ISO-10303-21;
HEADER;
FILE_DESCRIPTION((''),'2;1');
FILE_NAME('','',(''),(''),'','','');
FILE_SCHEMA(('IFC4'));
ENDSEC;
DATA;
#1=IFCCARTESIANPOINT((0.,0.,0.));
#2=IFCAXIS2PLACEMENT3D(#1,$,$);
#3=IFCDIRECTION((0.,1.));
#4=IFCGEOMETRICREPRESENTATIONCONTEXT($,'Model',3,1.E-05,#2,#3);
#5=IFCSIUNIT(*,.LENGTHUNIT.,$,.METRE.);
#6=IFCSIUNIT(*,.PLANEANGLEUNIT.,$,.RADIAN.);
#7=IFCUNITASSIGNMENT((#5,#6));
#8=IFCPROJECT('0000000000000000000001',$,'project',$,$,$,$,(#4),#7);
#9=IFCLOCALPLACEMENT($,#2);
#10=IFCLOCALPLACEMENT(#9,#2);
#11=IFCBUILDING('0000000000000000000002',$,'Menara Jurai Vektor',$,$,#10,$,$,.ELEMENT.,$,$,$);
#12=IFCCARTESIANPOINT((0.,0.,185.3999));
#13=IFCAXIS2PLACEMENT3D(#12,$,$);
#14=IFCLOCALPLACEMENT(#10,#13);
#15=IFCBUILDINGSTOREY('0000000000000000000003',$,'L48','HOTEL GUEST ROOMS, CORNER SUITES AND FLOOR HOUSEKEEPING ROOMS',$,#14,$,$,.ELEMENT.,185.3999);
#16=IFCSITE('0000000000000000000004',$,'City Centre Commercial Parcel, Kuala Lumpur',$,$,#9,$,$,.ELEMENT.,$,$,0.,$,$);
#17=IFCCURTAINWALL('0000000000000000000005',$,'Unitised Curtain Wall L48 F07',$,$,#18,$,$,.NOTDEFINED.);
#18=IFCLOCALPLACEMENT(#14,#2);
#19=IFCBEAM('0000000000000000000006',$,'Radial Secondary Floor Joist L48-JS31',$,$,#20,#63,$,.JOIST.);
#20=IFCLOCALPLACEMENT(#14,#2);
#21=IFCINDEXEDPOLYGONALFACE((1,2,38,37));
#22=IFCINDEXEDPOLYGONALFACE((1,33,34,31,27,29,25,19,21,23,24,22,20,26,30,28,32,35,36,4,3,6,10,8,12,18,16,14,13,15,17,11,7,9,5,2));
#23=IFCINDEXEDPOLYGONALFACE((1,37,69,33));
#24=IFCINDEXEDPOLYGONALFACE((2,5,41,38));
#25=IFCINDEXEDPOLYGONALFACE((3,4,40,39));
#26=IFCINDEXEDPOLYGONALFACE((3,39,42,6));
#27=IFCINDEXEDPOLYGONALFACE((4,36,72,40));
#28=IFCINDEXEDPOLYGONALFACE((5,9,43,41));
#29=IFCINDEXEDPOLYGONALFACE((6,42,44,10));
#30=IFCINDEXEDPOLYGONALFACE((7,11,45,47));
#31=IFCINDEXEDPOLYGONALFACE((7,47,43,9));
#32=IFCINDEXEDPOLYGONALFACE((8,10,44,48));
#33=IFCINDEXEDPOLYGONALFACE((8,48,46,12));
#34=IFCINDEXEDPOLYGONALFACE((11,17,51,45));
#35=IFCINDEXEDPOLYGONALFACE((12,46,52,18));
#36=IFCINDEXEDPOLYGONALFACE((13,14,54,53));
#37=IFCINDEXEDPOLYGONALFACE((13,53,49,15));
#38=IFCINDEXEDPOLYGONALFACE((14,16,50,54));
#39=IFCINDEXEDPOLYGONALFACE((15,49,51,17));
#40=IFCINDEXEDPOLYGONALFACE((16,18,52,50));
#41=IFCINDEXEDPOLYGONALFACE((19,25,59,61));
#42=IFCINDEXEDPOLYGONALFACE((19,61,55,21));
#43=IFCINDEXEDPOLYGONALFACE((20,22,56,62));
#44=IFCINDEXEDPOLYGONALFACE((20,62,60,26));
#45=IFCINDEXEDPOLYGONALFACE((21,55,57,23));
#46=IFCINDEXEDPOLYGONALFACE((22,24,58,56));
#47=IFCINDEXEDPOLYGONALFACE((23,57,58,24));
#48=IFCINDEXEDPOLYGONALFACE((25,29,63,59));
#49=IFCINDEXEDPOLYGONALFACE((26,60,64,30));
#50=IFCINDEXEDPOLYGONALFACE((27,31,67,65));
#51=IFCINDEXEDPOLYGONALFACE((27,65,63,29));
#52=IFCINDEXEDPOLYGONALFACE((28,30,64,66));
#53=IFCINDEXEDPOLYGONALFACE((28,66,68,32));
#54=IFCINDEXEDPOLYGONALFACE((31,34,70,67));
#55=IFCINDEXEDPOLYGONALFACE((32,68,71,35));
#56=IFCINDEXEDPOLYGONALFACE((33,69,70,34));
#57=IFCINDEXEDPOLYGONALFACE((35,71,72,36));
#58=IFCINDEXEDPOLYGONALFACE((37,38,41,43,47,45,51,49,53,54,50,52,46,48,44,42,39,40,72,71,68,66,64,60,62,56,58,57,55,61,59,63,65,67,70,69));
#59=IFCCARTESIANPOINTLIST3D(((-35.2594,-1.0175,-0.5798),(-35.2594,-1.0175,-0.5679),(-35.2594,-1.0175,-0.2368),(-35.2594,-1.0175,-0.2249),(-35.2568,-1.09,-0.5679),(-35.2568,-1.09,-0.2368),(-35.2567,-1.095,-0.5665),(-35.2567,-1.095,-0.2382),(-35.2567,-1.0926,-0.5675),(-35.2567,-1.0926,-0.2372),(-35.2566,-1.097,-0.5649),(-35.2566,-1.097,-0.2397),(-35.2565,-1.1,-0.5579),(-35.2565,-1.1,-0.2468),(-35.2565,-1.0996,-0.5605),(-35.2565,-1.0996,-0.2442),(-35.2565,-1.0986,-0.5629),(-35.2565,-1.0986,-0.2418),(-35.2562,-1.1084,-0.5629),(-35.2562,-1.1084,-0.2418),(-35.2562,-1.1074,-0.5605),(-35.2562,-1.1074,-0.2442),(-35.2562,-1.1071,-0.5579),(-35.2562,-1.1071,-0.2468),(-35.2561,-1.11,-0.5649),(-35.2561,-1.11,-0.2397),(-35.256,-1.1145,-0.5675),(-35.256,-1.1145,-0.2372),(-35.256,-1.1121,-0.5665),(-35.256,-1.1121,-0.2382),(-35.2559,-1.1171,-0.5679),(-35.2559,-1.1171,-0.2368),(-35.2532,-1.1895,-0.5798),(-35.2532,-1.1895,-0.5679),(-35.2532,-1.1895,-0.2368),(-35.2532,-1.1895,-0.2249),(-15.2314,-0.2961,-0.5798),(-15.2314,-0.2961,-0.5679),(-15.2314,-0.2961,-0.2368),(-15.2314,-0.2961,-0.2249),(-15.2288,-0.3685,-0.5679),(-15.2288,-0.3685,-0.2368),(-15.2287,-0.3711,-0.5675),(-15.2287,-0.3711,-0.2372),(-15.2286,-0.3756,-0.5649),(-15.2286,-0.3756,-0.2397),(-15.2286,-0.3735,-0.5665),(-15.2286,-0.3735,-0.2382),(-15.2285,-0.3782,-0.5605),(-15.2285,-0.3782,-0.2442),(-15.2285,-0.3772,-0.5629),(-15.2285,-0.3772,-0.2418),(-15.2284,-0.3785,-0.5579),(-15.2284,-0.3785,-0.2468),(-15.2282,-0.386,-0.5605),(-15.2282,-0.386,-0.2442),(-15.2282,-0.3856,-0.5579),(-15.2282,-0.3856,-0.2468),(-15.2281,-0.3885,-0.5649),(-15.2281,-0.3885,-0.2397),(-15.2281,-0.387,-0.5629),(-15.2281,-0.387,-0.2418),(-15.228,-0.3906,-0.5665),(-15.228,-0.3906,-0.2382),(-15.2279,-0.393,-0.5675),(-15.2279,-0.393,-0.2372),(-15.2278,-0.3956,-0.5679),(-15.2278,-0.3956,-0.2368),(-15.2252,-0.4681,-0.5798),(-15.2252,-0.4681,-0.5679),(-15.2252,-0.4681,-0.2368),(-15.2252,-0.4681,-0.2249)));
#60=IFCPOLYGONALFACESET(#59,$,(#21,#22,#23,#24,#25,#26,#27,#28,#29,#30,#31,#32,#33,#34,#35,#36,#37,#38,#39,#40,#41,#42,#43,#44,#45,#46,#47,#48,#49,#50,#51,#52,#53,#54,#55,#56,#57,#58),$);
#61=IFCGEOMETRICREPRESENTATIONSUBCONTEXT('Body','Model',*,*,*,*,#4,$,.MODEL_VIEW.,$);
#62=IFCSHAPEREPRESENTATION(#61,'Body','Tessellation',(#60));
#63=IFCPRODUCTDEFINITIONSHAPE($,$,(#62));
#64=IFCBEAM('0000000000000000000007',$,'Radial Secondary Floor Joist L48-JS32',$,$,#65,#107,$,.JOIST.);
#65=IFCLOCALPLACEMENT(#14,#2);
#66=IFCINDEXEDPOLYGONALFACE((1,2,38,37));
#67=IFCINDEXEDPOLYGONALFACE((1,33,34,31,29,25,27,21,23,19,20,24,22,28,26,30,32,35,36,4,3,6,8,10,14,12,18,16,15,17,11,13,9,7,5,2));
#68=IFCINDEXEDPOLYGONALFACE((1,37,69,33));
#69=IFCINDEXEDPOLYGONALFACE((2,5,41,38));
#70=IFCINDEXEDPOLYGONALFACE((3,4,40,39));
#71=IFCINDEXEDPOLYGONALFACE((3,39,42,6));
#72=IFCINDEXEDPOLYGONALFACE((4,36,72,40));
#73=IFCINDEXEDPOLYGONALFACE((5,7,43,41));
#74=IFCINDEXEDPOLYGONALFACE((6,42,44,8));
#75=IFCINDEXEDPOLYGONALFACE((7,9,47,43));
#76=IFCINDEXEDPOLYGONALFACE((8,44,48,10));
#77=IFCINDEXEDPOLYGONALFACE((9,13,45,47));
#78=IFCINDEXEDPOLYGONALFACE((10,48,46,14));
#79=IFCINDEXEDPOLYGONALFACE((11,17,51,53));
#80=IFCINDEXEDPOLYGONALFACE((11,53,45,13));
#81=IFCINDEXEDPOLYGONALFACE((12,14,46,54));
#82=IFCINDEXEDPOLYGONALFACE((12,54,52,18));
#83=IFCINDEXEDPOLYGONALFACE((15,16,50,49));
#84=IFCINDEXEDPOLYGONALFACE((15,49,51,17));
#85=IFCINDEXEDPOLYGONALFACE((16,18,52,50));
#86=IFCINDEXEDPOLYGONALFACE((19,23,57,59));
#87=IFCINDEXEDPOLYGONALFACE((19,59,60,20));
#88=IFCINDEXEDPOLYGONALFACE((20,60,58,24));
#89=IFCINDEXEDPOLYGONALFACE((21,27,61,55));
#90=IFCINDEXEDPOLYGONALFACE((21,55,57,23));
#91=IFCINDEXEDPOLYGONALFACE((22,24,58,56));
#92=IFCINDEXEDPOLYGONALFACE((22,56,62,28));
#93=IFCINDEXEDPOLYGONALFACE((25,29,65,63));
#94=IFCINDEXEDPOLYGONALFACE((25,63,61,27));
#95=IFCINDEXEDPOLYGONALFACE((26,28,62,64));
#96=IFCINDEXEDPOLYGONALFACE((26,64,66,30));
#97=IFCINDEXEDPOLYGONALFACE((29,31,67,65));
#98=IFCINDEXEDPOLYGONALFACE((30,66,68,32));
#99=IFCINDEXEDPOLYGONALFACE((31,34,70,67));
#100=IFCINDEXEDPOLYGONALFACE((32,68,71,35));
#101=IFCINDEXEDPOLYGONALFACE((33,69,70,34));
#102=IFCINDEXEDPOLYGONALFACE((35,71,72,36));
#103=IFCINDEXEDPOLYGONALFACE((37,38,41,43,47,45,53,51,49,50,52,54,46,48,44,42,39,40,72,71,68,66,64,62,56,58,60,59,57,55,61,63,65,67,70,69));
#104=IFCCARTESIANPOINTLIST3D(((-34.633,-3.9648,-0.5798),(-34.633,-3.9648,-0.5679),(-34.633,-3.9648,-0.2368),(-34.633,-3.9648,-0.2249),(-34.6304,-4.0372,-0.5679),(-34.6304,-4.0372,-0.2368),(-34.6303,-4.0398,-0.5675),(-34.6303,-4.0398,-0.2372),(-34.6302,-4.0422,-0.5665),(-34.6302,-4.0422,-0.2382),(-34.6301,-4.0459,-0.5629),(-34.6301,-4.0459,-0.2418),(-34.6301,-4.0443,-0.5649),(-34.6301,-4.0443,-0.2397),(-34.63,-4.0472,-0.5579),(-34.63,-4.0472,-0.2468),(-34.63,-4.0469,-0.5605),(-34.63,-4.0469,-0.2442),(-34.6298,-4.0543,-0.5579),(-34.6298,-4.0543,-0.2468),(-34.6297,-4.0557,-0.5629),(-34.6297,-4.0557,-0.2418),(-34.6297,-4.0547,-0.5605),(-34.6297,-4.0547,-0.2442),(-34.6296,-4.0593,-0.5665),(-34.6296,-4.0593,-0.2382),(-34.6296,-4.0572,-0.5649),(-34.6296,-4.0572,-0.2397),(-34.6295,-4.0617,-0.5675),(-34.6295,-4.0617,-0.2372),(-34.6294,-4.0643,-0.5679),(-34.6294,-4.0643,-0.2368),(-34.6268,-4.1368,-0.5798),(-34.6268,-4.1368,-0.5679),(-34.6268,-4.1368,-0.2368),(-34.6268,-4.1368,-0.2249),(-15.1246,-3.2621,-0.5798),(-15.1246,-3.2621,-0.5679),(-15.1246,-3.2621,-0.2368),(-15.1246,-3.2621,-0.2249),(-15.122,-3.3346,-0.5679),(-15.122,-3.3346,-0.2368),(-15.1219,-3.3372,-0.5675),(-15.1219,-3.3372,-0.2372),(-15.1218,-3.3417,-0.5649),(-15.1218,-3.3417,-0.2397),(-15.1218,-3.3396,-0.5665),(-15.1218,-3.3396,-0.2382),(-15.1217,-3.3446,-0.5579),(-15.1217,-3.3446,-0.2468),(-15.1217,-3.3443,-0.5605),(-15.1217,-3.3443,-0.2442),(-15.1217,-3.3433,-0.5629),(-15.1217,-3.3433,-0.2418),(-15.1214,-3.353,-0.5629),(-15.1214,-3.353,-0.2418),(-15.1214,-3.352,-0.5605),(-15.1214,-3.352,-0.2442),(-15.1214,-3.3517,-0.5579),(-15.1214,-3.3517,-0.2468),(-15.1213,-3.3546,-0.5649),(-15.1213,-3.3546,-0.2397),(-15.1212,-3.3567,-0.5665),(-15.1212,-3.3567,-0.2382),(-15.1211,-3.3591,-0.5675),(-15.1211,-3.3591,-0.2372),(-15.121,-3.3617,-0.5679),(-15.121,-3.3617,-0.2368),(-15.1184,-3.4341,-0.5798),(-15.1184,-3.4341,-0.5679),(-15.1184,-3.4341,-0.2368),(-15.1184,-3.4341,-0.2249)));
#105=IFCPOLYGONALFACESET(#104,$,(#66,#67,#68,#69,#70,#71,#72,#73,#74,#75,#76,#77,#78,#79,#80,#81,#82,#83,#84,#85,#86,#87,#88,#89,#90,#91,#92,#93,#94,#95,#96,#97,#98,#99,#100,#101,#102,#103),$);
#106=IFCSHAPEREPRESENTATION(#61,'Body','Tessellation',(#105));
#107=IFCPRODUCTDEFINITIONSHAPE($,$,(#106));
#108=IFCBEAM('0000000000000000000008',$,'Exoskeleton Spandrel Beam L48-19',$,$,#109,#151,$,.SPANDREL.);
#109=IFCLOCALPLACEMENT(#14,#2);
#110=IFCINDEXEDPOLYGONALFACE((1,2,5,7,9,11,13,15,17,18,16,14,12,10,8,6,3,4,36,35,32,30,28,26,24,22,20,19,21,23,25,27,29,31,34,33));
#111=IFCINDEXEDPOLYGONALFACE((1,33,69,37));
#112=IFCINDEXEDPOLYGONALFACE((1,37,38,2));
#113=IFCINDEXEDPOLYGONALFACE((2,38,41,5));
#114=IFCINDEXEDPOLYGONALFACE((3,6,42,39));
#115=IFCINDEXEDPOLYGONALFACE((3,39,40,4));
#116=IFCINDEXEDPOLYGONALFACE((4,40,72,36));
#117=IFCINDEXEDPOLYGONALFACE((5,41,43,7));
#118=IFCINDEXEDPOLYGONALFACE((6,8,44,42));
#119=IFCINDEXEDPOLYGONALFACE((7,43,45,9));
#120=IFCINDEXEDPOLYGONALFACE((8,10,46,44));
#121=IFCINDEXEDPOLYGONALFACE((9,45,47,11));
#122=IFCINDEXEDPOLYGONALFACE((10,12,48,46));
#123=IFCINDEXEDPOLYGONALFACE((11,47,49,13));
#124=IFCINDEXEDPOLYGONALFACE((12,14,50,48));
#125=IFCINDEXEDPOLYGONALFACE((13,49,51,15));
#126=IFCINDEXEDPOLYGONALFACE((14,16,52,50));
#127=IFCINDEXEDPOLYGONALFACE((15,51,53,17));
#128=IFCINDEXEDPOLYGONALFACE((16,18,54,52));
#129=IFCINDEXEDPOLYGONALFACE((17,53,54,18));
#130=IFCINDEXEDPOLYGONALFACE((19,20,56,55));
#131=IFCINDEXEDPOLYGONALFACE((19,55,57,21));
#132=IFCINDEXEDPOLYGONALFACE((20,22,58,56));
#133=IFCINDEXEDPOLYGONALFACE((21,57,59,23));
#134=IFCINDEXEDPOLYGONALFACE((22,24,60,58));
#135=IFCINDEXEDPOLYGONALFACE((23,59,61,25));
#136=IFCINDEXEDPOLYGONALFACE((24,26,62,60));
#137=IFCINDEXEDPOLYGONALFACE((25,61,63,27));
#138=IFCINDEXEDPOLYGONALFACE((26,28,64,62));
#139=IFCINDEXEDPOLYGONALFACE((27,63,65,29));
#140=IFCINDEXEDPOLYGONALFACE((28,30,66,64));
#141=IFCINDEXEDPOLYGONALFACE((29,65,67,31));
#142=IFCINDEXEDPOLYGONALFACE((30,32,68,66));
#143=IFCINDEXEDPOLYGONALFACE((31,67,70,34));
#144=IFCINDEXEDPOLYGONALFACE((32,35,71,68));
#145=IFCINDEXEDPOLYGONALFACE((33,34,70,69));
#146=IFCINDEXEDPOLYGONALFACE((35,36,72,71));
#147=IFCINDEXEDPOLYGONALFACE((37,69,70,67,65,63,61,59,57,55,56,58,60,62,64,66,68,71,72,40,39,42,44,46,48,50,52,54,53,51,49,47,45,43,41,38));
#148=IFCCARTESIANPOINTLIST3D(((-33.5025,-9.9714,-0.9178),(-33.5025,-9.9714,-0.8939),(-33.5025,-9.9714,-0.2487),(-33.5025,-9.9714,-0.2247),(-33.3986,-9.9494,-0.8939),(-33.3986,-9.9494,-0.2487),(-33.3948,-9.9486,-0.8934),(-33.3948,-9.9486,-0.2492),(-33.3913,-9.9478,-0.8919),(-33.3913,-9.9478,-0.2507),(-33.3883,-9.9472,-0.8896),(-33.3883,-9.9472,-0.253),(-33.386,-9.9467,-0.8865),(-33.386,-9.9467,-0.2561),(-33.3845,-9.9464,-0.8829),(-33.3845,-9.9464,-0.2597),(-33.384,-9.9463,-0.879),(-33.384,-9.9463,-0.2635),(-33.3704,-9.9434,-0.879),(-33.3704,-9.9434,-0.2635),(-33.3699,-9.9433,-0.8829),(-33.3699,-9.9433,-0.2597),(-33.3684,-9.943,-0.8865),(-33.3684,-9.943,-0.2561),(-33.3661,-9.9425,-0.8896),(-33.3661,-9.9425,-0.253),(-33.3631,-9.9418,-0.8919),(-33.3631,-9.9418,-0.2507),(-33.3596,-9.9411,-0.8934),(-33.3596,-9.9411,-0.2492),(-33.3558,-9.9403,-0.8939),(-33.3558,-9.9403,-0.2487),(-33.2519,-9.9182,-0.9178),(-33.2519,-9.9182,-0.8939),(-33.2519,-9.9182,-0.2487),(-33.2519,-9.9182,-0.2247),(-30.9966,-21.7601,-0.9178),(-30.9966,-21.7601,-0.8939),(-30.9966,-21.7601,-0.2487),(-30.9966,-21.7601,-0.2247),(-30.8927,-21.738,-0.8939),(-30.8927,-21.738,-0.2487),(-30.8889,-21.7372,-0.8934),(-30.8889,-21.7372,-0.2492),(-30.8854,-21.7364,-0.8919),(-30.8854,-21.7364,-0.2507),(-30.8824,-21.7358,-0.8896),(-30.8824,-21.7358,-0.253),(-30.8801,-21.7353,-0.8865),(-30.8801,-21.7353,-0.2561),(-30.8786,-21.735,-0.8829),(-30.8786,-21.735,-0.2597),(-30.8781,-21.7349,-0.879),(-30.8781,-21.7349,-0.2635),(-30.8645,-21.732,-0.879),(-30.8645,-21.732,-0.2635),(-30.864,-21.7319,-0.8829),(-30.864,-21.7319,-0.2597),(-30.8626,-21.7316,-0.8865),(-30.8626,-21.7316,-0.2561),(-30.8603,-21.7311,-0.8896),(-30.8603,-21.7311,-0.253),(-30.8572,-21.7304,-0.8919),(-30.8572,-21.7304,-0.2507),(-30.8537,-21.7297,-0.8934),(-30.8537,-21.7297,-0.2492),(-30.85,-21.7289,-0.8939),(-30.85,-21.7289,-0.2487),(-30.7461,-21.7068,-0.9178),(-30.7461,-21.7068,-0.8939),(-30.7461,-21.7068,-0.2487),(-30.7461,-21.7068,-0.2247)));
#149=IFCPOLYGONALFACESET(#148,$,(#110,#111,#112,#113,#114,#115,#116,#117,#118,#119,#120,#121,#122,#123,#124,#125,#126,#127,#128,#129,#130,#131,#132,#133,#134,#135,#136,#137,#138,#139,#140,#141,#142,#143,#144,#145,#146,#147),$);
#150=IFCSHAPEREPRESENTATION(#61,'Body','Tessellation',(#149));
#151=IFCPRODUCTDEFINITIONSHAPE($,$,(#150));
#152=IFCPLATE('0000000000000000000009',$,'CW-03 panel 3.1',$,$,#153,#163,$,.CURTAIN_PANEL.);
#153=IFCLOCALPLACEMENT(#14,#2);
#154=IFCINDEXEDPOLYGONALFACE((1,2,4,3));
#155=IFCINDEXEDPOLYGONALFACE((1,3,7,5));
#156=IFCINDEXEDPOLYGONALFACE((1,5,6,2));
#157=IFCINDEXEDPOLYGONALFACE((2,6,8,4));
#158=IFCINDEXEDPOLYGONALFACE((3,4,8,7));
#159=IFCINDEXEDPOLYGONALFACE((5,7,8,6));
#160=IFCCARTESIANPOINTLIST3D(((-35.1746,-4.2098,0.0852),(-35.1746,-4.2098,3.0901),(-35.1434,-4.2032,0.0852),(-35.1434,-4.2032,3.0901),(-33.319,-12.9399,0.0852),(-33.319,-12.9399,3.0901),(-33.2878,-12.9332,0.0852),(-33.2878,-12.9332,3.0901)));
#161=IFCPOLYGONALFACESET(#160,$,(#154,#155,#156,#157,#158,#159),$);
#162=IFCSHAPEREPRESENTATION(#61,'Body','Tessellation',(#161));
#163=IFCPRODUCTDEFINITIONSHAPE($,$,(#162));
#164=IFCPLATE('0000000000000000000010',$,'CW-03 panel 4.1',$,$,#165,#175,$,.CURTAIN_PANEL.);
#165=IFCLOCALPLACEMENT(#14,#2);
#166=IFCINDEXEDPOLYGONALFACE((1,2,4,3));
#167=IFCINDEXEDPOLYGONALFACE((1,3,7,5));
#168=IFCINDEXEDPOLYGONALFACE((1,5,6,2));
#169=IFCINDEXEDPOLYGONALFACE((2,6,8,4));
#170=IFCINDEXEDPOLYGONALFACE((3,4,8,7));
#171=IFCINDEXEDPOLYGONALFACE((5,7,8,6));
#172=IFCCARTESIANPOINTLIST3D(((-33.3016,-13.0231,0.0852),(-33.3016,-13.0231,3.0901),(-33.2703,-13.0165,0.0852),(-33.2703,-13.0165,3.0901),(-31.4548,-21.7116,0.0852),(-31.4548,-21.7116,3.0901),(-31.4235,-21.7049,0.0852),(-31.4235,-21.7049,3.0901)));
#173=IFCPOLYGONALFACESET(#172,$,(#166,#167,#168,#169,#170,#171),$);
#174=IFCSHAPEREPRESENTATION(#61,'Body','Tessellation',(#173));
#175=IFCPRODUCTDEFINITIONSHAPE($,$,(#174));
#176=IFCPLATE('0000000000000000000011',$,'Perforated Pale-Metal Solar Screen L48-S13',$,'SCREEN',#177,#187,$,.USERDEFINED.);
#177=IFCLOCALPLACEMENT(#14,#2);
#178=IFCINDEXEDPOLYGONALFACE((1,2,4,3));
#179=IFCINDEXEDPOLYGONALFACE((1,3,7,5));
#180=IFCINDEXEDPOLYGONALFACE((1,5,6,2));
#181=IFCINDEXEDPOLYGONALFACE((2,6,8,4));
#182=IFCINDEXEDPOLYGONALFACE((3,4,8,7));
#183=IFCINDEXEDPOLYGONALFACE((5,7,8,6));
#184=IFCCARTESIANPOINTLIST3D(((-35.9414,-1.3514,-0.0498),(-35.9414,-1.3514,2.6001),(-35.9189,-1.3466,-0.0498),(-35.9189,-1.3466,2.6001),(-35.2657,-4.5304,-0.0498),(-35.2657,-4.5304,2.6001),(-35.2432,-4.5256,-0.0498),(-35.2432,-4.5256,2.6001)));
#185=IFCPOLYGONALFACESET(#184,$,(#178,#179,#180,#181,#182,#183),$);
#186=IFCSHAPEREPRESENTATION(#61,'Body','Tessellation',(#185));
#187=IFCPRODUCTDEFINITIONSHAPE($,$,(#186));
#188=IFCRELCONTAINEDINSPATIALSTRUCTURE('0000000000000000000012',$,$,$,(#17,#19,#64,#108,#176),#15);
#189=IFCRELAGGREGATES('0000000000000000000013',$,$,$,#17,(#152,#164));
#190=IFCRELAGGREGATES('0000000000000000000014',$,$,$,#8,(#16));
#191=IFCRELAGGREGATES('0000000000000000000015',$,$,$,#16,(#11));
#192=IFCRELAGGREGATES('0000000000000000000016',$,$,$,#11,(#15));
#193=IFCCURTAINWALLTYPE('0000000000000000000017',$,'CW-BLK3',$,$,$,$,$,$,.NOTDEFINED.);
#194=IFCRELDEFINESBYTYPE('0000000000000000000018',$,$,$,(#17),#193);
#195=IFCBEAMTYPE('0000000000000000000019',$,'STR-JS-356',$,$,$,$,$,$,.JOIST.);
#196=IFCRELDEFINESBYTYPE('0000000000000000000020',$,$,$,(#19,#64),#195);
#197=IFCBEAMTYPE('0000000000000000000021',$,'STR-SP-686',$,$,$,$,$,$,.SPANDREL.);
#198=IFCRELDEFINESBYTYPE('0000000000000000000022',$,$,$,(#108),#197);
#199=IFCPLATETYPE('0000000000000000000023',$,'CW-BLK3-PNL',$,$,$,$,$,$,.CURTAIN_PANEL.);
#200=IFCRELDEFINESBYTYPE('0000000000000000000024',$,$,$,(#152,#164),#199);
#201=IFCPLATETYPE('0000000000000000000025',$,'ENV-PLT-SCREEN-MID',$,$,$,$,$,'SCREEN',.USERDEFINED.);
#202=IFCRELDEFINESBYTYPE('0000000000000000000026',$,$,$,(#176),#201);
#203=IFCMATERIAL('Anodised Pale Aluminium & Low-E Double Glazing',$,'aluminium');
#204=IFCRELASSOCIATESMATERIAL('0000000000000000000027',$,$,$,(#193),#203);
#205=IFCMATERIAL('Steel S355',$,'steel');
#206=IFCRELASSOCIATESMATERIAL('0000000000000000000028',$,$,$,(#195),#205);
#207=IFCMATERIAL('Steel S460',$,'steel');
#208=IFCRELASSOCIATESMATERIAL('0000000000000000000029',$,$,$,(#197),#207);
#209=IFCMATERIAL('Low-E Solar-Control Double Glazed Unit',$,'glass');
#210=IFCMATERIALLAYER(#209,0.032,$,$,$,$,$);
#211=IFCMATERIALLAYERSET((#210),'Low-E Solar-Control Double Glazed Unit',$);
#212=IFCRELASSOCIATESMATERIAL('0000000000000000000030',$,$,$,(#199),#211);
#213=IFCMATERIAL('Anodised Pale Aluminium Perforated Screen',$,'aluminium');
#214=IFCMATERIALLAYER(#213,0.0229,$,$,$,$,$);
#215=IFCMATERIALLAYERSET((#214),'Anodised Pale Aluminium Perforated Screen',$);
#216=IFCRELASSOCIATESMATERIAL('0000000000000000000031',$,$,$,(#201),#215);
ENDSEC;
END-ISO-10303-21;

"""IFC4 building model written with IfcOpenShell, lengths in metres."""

from ifc_helpers import new_model, si_unit, direction, frame, origin, origin_2d, place, context, subcontext, project, spatial, rectangle, i_section, extrude, material, layer, layer_set, material_profile, profile_set, type_object, element, aggregate, save


model = new_model("IFC4")

# Units and contexts
model_context = context("Model", 3, precision=1e-05, world=origin(), true_north=direction((0.0, 1.0)))
body_context = subcontext(model_context, "Body", "Model", "MODEL_VIEW")
ifc_project = project(units=[si_unit("LENGTHUNIT", "METRE"), si_unit("PLANEANGLEUNIT", "RADIAN")], contexts=[model_context])

# Site, building, storey
site_placement = place(None, origin())
site = spatial("IfcSite", under=ifc_project, at=site_placement, Name="City Centre Commercial Parcel, Kuala Lumpur", CompositionType="ELEMENT", RefElevation=0.0)
building_placement = place(site_placement, origin())
building = spatial("IfcBuilding", under=site, at=building_placement, Name="Menara Jurai Vektor", CompositionType="ELEMENT")
storey_placement = place(building_placement, frame((0.0, 0.0, 185.3999)))
storey = spatial("IfcBuildingStorey", under=building, at=storey_placement, Name="L48", Description="HOTEL GUEST ROOMS, CORNER SUITES AND FLOOR HOUSEKEEPING ROOMS", CompositionType="ELEMENT", Elevation=185.3999)

# Shared definitions
ifc_material_1 = material(Name="Steel S460", Category="steel")

# Curtain wall
ifc_material_2 = material(Name="Anodised Pale Aluminium & Low-E Double Glazing", Category="aluminium")
curtain_wall_type = type_object("IfcCurtainWallType", Name="CW-BLK3", PredefinedType="NOTDEFINED", material=ifc_material_2)
curtain_wall_placement = place(storey_placement, origin())
curtain_wall = element("IfcCurtainWall", 1, at=curtain_wall_placement, inside=storey, type_object=curtain_wall_type, Name="Unitised Curtain Wall L48 F07", PredefinedType="NOTDEFINED")

# Beams
ifc_material_3 = material(Name="Steel S355", Category="steel")
ifc_material_profile_1 = material_profile(ifc_material_3, i_section(OverallWidth=0.1721, OverallDepth=0.355, WebThickness=0.0071, FlangeThickness=0.012, FilletRadius=0.01, at=origin_2d()), Name="UKB 356x171x51")
ifc_profile_set_1 = profile_set([ifc_material_profile_1], Name="Steel S355")
beam_type_1 = type_object("IfcBeamType", Name="STR-JS-356", PredefinedType="JOIST", material=ifc_profile_set_1)
beam_1_placement = place(storey_placement, frame((-35.2563, -1.1035, -0.4023), z_axis=(0.999352, 0.035998, 0.0), x_axis=(-0.035998, 0.999352, 0.0)))
element("IfcBeam", 2, at=beam_1_placement, inside=storey, type_object=beam_type_1, Name="Radial Secondary Floor Joist L48-JS31", PredefinedType="JOIST", context=body_context, shape_type="SweptSolid", body=[
    extrude(i_section(OverallWidth=0.1721, OverallDepth=0.355, WebThickness=0.0071, FlangeThickness=0.012, FilletRadius=0.01, at=origin_2d()), origin(), (0.0, 0.0, 1.0), 20.041),
])
beam_2_placement = place(storey_placement, frame((-34.6299, -4.0508, -0.4023), z_axis=(0.999352, 0.035994, 0.0), x_axis=(-0.035994, 0.999352, 0.0)))
element("IfcBeam", 3, at=beam_2_placement, inside=storey, type_object=beam_type_1, Name="Radial Secondary Floor Joist L48-JS32", PredefinedType="JOIST", context=body_context, shape_type="SweptSolid", body=[
    extrude(i_section(OverallWidth=0.1721, OverallDepth=0.355, WebThickness=0.0071, FlangeThickness=0.012, FilletRadius=0.01, at=origin_2d()), origin(), (0.0, 0.0, 1.0), 19.521),
])
ifc_material_profile_2 = material_profile(ifc_material_1, i_section(OverallWidth=0.2561, OverallDepth=0.6931, WebThickness=0.0139, FlangeThickness=0.0239, FilletRadius=0.0149, at=origin_2d()), Name="UKB 686x254x170")
ifc_profile_set_2 = profile_set([ifc_material_profile_2], Name="Steel S460")
beam_type_2 = type_object("IfcBeamType", Name="STR-SP-686", PredefinedType="SPANDREL", material=ifc_profile_set_2)
beam_3_placement = place(storey_placement, frame((-33.3772, -9.9448, -0.5713), z_axis=(0.207921, -0.978146, 0.0), x_axis=(0.978146, 0.207921, 0.0)))
element("IfcBeam", 4, at=beam_3_placement, inside=storey, type_object=beam_type_2, Name="Exoskeleton Spandrel Beam L48-19", PredefinedType="SPANDREL", context=body_context, shape_type="SweptSolid", body=[
    extrude(i_section(OverallWidth=0.2561, OverallDepth=0.6931, WebThickness=0.0139, FlangeThickness=0.0239, FilletRadius=0.0149, at=origin_2d()), origin(), (0.0, 0.0, 1.0), 12.052),
])

# Plates
ifc_material_4 = material(Name="Low-E Solar-Control Double Glazed Unit", Category="glass")
ifc_layer_1 = layer(ifc_material_4, 0.032)
ifc_layer_set_1 = layer_set([ifc_layer_1], Name="Low-E Solar-Control Double Glazed Unit")
plate_type_1 = type_object("IfcPlateType", Name="CW-BLK3-PNL", PredefinedType="CURTAIN_PANEL", material=ifc_layer_set_1)
plate_1_placement = place(storey_placement, frame((-34.2312, -8.5715, 0.0852), z_axis=(0.0, 0.0, 1.0), x_axis=(0.20791, -0.978148, 0.0)))
plate_1 = element("IfcPlate", 5, at=plate_1_placement, type_object=plate_type_1, Name="CW-03 panel 3.1", PredefinedType="CURTAIN_PANEL", context=body_context, shape_type="SweptSolid", body=[
    extrude(rectangle(XDim=8.925, YDim=0.032, at=origin_2d()), origin(), (0.0, 0.0, 1.0), 3.0049),
])
plate_2_placement = place(storey_placement, frame((-32.3625, -17.364, 0.0852), z_axis=(0.0, 0.0, 1.0), x_axis=(0.20791, -0.978148, 0.0)))
plate_2 = element("IfcPlate", 6, at=plate_2_placement, type_object=plate_type_1, Name="CW-03 panel 4.1", PredefinedType="CURTAIN_PANEL", context=body_context, shape_type="SweptSolid", body=[
    extrude(rectangle(XDim=8.8826, YDim=0.032, at=origin_2d()), origin(), (0.0, 0.0, 1.0), 3.0049),
])
aggregate(curtain_wall, [plate_1, plate_2])

# Plate
ifc_material_5 = material(Name="Anodised Pale Aluminium Perforated Screen", Category="aluminium")
ifc_layer_2 = layer(ifc_material_5, 0.0229)
ifc_layer_set_2 = layer_set([ifc_layer_2], Name="Anodised Pale Aluminium Perforated Screen")
plate_type_2 = type_object("IfcPlateType", Name="ENV-PLT-SCREEN-MID", ElementType="SCREEN", PredefinedType="USERDEFINED", material=ifc_layer_set_2)
for number, where, z_axis, x_axis, name in (
    (7, (-35.5923, -2.9385, -0.0498), (0.0, 0.0, 1.0), (0.207912, -0.978148, 0.0), "Perforated Pale-Metal Solar Screen L48-S13"),
):
    element("IfcPlate", number, at=place(storey_placement, frame(where, z_axis=z_axis, x_axis=x_axis)), inside=storey, type_object=plate_type_2, Name=name, ObjectType="SCREEN", PredefinedType="USERDEFINED", context=body_context, shape_type="SweptSolid", body=[
        extrude(rectangle(XDim=3.25, YDim=0.0229, at=origin_2d()), origin(), (0.0, 0.0, 1.0), 2.6499),
    ])

save(model, "model.ifc")
